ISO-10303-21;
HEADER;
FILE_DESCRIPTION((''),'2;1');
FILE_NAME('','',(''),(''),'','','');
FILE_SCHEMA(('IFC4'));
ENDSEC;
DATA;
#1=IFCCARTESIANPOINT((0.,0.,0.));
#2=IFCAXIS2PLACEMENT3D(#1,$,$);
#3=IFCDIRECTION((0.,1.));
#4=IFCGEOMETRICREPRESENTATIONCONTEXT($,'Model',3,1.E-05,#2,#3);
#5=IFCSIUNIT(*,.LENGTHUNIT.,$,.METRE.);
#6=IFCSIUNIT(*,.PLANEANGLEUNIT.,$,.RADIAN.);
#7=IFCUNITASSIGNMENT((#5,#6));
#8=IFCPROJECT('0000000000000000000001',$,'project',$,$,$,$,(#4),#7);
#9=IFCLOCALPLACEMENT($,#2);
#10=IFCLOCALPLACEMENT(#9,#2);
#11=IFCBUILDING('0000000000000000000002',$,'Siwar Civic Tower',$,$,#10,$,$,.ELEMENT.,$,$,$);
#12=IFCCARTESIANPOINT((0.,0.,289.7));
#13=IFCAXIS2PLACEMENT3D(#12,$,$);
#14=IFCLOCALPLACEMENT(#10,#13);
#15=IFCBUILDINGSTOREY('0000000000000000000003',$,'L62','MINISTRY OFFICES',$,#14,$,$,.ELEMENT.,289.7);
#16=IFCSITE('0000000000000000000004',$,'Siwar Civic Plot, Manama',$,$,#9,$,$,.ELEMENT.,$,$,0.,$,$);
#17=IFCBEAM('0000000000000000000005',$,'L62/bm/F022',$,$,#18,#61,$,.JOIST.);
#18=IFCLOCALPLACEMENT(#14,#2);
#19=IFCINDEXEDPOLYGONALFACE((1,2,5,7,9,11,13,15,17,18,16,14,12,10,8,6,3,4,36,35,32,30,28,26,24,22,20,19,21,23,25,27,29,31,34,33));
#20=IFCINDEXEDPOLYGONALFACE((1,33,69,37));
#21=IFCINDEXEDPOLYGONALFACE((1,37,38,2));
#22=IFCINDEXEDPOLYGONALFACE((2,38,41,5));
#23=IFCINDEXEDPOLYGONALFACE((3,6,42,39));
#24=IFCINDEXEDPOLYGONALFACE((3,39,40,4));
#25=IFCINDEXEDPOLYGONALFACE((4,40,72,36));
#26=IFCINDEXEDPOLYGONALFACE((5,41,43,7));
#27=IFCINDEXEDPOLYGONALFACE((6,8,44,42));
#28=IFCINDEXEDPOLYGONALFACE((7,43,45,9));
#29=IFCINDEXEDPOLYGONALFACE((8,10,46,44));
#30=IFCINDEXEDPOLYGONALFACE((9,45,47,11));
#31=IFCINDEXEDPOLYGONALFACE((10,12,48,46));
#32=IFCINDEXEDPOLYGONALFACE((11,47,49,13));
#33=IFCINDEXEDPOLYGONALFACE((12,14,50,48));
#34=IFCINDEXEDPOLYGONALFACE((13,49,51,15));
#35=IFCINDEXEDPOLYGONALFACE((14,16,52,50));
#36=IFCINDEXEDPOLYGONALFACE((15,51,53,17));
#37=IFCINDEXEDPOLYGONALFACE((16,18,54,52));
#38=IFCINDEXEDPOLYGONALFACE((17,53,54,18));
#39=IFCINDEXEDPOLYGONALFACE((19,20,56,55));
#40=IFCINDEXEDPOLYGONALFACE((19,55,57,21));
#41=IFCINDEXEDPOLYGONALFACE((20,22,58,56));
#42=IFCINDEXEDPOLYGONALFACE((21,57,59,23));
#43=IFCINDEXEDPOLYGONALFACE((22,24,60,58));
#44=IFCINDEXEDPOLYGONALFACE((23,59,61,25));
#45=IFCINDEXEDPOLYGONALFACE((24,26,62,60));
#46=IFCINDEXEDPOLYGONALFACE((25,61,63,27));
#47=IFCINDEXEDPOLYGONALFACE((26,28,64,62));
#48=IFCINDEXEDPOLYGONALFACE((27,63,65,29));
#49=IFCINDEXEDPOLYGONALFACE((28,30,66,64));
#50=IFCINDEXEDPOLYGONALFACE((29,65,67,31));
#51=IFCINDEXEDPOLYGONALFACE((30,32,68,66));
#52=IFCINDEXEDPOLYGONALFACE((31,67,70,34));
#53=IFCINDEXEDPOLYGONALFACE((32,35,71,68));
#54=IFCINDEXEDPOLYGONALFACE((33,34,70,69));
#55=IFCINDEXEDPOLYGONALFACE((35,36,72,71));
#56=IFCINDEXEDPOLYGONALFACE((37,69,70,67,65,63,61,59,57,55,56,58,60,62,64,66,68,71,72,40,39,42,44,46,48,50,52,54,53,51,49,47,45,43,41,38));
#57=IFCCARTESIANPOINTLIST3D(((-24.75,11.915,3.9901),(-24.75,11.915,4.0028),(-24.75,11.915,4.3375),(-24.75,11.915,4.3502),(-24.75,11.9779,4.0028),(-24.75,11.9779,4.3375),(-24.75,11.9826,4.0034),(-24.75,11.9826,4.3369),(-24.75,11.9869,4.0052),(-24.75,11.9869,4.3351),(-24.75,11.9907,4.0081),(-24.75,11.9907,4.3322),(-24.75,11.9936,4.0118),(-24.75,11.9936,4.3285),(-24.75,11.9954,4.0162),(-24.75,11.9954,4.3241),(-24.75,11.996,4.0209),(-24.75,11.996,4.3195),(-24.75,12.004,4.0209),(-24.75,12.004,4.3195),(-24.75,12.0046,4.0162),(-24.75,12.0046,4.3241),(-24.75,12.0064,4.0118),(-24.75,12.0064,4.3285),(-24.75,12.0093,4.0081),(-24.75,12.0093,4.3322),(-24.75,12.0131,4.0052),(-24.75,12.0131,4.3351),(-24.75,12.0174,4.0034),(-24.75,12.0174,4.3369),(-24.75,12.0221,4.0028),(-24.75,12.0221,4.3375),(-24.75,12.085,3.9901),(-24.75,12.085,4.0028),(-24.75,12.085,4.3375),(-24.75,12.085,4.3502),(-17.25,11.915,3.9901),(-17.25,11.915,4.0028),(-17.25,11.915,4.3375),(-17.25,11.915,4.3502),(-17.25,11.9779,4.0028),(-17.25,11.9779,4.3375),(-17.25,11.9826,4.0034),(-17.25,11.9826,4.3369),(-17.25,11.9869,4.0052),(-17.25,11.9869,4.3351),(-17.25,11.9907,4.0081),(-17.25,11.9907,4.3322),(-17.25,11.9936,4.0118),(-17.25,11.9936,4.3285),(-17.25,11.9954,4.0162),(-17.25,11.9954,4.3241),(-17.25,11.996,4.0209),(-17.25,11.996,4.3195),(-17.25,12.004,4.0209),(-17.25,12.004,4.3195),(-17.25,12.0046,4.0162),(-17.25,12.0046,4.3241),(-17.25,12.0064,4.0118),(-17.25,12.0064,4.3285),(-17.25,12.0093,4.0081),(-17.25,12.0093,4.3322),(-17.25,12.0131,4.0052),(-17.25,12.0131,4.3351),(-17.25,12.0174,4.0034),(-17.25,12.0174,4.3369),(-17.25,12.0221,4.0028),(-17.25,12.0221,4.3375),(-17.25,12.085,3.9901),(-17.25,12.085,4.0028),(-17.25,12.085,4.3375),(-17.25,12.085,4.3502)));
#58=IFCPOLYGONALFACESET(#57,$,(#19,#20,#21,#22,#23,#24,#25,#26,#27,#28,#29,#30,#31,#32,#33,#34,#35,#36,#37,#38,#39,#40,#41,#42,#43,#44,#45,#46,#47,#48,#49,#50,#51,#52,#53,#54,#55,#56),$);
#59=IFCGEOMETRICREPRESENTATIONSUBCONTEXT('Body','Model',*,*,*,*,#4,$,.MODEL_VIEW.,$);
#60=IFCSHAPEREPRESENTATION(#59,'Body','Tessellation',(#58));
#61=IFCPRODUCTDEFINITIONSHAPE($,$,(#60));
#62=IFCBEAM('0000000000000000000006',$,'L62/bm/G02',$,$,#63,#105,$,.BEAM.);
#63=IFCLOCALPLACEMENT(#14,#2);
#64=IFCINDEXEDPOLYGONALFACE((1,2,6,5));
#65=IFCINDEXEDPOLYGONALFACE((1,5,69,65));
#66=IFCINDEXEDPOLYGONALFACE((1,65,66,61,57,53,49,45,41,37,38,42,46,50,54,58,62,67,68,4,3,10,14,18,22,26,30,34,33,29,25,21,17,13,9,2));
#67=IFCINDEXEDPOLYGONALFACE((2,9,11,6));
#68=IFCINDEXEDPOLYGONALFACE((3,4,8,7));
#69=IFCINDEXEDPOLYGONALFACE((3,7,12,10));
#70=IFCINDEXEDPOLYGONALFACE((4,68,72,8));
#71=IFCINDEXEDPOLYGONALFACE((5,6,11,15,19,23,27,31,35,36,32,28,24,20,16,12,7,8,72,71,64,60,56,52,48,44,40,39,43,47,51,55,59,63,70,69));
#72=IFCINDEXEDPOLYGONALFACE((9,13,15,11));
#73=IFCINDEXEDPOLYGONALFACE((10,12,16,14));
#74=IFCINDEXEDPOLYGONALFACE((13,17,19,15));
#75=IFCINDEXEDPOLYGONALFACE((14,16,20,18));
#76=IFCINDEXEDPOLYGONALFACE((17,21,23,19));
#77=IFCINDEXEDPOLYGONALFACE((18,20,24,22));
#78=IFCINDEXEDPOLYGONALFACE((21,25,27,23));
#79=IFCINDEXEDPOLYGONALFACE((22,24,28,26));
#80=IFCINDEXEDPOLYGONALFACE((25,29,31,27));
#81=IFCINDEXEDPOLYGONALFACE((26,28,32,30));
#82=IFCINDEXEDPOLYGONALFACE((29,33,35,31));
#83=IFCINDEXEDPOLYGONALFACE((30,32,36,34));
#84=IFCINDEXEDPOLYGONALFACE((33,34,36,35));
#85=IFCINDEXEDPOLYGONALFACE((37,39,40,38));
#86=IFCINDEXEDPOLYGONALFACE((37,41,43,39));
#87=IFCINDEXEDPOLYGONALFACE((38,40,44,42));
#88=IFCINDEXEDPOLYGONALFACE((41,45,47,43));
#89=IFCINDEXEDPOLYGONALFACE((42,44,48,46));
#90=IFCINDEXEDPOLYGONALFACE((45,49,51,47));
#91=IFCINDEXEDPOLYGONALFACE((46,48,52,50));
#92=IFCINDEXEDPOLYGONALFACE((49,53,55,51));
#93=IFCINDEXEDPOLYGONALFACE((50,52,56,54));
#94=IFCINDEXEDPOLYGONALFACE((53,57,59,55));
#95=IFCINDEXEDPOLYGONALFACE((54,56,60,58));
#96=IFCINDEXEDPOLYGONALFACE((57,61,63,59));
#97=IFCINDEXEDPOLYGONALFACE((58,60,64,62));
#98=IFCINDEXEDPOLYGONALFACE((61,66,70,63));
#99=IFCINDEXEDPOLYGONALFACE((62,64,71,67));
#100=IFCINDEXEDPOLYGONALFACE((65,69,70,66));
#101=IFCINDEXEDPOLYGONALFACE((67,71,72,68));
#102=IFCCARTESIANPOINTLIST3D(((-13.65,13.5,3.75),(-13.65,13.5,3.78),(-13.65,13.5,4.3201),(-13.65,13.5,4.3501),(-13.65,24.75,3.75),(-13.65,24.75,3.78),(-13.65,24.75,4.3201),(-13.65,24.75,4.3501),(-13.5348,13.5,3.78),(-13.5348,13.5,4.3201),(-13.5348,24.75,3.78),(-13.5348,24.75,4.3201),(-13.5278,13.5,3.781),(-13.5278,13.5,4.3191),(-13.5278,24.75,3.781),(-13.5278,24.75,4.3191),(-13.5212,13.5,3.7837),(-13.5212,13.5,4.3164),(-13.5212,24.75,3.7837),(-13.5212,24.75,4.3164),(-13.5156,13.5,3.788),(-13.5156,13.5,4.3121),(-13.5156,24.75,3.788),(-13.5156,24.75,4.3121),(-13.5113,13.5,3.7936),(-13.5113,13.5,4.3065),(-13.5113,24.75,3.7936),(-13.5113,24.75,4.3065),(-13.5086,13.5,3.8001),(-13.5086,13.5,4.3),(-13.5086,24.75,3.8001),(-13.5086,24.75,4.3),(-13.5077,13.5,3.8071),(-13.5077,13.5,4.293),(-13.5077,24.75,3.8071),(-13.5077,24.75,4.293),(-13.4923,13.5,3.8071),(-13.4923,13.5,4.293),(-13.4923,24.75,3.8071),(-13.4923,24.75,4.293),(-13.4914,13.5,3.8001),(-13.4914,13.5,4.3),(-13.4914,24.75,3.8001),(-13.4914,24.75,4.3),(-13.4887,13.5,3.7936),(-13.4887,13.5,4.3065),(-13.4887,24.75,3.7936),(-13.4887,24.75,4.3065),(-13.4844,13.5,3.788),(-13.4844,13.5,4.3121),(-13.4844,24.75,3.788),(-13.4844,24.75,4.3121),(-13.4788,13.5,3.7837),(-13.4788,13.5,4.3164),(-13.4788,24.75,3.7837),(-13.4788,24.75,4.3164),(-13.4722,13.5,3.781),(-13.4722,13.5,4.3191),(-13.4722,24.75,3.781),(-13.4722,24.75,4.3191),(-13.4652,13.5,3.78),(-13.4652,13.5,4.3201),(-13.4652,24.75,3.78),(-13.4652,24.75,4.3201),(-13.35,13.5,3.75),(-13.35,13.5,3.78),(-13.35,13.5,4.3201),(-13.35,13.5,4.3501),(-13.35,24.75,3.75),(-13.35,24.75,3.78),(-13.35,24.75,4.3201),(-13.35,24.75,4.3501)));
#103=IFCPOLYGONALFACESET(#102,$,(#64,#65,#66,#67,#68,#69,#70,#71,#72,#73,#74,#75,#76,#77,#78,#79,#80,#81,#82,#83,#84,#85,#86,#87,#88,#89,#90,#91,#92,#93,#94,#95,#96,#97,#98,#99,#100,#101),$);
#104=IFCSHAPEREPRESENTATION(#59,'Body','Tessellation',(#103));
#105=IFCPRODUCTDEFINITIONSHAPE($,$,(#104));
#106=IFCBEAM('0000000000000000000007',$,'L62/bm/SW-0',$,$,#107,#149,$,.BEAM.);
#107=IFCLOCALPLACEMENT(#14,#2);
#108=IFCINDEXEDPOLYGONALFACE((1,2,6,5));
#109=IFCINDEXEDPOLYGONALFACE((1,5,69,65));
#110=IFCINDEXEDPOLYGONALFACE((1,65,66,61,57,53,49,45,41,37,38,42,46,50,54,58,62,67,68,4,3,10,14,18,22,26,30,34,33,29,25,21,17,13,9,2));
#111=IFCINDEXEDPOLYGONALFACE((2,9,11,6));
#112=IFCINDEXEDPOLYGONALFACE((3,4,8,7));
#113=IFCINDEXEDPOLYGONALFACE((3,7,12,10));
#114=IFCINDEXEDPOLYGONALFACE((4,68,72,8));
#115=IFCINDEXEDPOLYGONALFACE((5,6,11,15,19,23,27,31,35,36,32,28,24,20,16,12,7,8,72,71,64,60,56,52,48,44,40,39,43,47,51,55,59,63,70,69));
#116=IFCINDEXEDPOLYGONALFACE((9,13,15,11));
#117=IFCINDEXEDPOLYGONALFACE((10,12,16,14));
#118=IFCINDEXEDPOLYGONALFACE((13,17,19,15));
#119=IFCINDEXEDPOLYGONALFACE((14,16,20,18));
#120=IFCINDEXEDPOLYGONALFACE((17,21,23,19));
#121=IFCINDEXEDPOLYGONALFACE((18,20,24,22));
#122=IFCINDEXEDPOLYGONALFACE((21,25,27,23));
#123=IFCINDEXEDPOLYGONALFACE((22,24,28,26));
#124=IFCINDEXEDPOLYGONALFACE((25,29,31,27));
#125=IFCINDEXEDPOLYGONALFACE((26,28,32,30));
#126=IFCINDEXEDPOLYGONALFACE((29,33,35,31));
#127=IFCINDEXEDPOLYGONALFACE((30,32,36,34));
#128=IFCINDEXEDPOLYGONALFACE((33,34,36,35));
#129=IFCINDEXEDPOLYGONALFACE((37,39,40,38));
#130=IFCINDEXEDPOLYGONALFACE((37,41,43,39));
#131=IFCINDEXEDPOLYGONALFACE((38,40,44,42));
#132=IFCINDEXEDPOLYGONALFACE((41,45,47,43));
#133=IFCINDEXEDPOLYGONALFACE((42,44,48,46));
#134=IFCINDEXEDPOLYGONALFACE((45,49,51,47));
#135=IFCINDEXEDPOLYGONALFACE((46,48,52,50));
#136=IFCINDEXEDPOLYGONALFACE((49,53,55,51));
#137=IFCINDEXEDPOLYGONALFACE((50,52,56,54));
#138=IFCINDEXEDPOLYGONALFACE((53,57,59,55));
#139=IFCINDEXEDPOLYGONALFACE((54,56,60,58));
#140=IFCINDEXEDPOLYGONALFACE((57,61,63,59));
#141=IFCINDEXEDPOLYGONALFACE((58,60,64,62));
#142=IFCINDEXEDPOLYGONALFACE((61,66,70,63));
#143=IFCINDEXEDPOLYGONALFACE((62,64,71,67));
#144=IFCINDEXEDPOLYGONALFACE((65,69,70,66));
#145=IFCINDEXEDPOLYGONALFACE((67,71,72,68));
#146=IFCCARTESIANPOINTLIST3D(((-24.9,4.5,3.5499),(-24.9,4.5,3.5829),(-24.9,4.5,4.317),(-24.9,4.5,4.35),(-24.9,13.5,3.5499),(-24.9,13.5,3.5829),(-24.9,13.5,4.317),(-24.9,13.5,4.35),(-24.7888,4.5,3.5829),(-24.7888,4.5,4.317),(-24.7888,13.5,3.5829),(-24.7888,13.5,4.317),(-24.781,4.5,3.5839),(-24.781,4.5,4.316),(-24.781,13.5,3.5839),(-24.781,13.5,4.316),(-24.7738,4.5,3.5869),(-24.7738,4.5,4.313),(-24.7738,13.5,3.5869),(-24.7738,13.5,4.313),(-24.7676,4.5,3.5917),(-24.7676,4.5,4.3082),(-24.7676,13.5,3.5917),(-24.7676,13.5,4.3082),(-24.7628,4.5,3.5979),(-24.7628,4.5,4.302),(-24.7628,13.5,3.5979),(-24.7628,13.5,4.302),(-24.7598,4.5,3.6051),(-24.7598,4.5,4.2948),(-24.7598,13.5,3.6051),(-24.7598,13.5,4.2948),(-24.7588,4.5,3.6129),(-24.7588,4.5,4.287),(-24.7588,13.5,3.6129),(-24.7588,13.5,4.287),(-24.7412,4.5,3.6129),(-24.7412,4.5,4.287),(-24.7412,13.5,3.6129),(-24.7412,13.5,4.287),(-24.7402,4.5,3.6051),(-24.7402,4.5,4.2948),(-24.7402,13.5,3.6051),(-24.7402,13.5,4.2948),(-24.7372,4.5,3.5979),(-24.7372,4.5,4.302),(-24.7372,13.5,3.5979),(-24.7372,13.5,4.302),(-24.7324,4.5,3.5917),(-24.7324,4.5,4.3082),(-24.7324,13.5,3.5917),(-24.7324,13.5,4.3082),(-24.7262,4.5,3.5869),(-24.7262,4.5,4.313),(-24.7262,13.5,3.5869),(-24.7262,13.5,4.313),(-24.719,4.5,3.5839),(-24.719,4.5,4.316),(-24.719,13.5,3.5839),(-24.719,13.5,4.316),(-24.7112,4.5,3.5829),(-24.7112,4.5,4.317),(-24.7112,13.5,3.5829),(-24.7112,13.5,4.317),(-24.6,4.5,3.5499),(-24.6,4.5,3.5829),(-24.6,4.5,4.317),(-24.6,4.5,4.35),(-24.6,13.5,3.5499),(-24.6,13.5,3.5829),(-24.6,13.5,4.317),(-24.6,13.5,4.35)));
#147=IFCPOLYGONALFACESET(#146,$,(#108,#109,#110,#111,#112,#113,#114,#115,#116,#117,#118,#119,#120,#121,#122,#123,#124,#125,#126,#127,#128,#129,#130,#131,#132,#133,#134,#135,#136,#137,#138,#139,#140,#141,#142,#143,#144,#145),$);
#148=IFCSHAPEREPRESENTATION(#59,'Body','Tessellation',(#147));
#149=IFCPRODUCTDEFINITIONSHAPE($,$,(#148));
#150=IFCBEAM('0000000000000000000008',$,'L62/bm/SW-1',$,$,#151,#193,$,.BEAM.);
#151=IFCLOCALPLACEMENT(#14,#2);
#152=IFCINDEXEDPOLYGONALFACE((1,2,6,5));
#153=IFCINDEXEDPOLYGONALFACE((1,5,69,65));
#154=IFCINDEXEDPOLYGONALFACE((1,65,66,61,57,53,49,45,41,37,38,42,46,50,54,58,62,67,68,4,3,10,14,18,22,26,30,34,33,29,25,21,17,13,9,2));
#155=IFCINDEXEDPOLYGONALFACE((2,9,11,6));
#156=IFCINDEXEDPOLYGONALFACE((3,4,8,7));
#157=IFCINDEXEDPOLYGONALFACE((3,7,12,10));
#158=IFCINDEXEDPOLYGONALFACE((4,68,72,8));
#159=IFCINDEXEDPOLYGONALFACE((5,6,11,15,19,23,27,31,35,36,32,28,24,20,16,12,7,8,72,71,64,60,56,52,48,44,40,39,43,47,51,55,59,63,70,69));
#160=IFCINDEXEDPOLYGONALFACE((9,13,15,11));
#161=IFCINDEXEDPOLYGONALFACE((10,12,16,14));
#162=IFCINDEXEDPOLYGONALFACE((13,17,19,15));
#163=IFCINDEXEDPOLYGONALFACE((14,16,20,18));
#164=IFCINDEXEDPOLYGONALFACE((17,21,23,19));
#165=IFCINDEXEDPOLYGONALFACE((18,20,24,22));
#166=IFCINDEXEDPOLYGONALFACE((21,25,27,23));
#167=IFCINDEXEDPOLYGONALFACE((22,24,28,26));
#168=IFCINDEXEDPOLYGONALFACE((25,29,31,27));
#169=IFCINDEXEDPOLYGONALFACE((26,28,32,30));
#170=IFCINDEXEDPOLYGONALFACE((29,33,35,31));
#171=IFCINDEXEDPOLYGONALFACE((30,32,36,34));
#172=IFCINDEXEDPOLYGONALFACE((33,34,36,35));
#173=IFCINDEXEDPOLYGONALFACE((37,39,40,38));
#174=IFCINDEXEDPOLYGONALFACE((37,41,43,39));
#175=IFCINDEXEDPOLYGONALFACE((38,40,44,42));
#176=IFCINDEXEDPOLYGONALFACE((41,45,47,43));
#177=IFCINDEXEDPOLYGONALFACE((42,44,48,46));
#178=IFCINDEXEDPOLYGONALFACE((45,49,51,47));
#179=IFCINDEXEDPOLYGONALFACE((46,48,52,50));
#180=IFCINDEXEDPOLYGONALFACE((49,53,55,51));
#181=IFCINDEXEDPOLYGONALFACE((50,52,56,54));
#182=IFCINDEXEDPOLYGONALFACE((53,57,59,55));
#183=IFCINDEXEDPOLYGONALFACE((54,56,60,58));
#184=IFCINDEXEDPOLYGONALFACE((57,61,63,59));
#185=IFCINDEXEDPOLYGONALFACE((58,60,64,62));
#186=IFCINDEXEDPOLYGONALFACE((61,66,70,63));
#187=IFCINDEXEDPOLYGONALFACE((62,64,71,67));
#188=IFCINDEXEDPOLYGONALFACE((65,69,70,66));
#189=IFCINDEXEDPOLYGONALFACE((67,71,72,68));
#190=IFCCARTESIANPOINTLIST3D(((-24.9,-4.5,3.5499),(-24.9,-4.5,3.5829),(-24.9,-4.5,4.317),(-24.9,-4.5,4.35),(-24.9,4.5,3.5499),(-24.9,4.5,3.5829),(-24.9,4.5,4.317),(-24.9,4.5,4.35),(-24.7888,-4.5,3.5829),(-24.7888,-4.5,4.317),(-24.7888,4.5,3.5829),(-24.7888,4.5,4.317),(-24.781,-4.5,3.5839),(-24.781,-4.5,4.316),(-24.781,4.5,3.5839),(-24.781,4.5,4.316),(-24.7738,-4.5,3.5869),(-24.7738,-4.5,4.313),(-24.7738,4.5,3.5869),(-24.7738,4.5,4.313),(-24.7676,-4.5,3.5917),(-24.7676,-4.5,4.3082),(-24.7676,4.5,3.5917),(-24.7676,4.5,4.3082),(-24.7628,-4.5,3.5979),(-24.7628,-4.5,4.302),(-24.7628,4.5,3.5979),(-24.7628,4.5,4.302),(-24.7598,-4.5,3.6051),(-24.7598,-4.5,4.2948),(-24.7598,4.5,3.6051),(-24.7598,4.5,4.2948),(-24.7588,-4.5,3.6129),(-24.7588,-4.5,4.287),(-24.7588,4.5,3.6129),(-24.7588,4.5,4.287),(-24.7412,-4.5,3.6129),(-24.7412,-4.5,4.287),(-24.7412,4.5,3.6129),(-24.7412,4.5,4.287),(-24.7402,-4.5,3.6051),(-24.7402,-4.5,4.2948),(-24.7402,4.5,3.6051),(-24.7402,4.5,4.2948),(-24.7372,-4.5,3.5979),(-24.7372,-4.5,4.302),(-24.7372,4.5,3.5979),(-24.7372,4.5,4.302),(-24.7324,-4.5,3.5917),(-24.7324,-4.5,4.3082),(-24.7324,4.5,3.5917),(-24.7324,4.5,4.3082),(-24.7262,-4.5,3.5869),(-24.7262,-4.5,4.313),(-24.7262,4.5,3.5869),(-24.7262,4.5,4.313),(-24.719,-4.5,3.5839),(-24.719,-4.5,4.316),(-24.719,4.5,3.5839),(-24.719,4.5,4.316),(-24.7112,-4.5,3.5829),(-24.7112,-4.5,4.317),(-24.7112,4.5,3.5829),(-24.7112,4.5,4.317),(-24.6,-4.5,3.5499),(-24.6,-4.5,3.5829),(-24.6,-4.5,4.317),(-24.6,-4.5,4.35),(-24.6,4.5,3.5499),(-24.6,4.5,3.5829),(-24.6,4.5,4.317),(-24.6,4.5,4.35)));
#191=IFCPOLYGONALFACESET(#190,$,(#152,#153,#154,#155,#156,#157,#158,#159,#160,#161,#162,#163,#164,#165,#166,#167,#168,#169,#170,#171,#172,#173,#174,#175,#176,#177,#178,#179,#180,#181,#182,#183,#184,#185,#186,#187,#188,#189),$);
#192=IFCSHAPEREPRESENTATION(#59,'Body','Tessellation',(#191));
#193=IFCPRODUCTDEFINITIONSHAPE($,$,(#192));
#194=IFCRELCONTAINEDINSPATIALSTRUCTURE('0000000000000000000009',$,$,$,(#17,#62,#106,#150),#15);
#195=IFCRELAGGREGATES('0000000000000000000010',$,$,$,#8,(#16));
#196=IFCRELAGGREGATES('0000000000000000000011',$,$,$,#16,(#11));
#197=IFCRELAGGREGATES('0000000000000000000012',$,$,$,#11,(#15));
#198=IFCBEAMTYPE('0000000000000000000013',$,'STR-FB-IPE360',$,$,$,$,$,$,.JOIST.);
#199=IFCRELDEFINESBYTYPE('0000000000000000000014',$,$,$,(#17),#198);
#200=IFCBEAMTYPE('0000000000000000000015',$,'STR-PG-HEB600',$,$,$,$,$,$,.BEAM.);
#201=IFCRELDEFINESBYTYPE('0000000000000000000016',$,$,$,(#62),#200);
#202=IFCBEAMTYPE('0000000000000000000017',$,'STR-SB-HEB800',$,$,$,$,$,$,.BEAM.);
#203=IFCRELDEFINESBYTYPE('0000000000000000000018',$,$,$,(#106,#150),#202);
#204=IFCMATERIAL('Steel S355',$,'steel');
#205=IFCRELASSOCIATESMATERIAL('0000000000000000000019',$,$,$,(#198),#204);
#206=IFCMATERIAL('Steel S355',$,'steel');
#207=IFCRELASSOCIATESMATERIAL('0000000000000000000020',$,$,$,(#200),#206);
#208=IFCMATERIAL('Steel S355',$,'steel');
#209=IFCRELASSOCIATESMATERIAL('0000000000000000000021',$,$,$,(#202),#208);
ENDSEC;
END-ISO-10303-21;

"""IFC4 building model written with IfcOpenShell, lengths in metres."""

from ifc_helpers import new_model, si_unit, direction, frame, origin, origin_2d, place, context, subcontext, project, spatial, i_section, extrude, material, material_profile, profile_set, type_object, element, save


model = new_model("IFC4")

# Units and contexts
model_context = context("Model", 3, precision=1e-05, world=origin(), true_north=direction((0.0, 1.0)))
body_context = subcontext(model_context, "Body", "Model", "MODEL_VIEW")
ifc_project = project(units=[si_unit("LENGTHUNIT", "METRE"), si_unit("PLANEANGLEUNIT", "RADIAN")], contexts=[model_context])

# Site, building, storey
site_placement = place(None, origin())
site = spatial("IfcSite", under=ifc_project, at=site_placement, Name="Siwar Civic Plot, Manama", CompositionType="ELEMENT", RefElevation=0.0)
building_placement = place(site_placement, origin())
building = spatial("IfcBuilding", under=site, at=building_placement, Name="Siwar Civic Tower", CompositionType="ELEMENT")
storey_placement = place(building_placement, frame((0.0, 0.0, 289.7)))
storey = spatial("IfcBuildingStorey", under=building, at=storey_placement, Name="L62", Description="MINISTRY OFFICES", CompositionType="ELEMENT", Elevation=289.7)

# Beams
ifc_material_1 = material(Name="Steel S355", Category="steel")
ifc_material_profile_1 = material_profile(ifc_material_1, i_section(OverallWidth=0.1699, OverallDepth=0.3601, WebThickness=0.0081, FlangeThickness=0.0127, FilletRadius=0.0181, at=origin_2d()), Name="IPE360")
ifc_profile_set_1 = profile_set([ifc_material_profile_1], Name="Steel S355")
beam_type_1 = type_object("IfcBeamType", Name="STR-FB-IPE360", PredefinedType="JOIST", material=ifc_profile_set_1)
for number, where, z_axis, x_axis, name in (
    (1, (-24.75, 12.0, 4.1702), (1.0, 0.0, 0.0), (0.0, 1.0, 0.0), "L62/bm/F022"),
):
    element("IfcBeam", number, at=place(storey_placement, frame(where, z_axis=z_axis, x_axis=x_axis)), inside=storey, type_object=beam_type_1, Name=name, PredefinedType="JOIST", context=body_context, shape_type="SweptSolid", body=[
        extrude(i_section(OverallWidth=0.1699, OverallDepth=0.3601, WebThickness=0.0081, FlangeThickness=0.0127, FilletRadius=0.0181, at=origin_2d()), origin(), (0.0, 0.0, 1.0), 7.5),
    ])
ifc_material_2 = material(Name="Steel S355", Category="steel")
ifc_material_profile_2 = material_profile(ifc_material_2, i_section(OverallWidth=0.3, OverallDepth=0.6001, WebThickness=0.0154, FlangeThickness=0.03, FilletRadius=0.0271, at=origin_2d()), Name="HEB600")
ifc_profile_set_2 = profile_set([ifc_material_profile_2], Name="Steel S355")
beam_type_2 = type_object("IfcBeamType", Name="STR-PG-HEB600", PredefinedType="BEAM", material=ifc_profile_set_2)
beam_placement = place(storey_placement, frame((-13.5, 13.5, 4.05), z_axis=(0.0, 1.0, 0.0), x_axis=(-1.0, 0.0, 0.0)))
element("IfcBeam", 2, at=beam_placement, inside=storey, type_object=beam_type_2, Name="L62/bm/G02", PredefinedType="BEAM", context=body_context, shape_type="SweptSolid", body=[
    extrude(i_section(OverallWidth=0.3, OverallDepth=0.6001, WebThickness=0.0154, FlangeThickness=0.03, FilletRadius=0.0271, at=origin_2d()), origin(), (0.0, 0.0, 1.0), 11.25),
])
ifc_material_3 = material(Name="Steel S355", Category="steel")
ifc_material_profile_3 = material_profile(ifc_material_3, i_section(OverallWidth=0.3, OverallDepth=0.8, WebThickness=0.0176, FlangeThickness=0.033, FilletRadius=0.03, at=origin_2d()), Name="HEB800")
ifc_profile_set_3 = profile_set([ifc_material_profile_3], Name="Steel S355")
beam_type_3 = type_object("IfcBeamType", Name="STR-SB-HEB800", PredefinedType="BEAM", material=ifc_profile_set_3)
for number, where, z_axis, x_axis, name in (
    (3, (-24.75, 13.5, 3.95), (0.0, -1.0, 0.0), (1.0, 0.0, 0.0), "L62/bm/SW-0"),
    (4, (-24.75, 4.5, 3.95), (0.0, -1.0, 0.0), (1.0, 0.0, 0.0), "L62/bm/SW-1"),
):
    element("IfcBeam", number, at=place(storey_placement, frame(where, z_axis=z_axis, x_axis=x_axis)), inside=storey, type_object=beam_type_3, Name=name, PredefinedType="BEAM", context=body_context, shape_type="SweptSolid", body=[
        extrude(i_section(OverallWidth=0.3, OverallDepth=0.8, WebThickness=0.0176, FlangeThickness=0.033, FilletRadius=0.03, at=origin_2d()), origin(), (0.0, 0.0, 1.0), 9.0),
    ])

save(model, "model.ifc")
